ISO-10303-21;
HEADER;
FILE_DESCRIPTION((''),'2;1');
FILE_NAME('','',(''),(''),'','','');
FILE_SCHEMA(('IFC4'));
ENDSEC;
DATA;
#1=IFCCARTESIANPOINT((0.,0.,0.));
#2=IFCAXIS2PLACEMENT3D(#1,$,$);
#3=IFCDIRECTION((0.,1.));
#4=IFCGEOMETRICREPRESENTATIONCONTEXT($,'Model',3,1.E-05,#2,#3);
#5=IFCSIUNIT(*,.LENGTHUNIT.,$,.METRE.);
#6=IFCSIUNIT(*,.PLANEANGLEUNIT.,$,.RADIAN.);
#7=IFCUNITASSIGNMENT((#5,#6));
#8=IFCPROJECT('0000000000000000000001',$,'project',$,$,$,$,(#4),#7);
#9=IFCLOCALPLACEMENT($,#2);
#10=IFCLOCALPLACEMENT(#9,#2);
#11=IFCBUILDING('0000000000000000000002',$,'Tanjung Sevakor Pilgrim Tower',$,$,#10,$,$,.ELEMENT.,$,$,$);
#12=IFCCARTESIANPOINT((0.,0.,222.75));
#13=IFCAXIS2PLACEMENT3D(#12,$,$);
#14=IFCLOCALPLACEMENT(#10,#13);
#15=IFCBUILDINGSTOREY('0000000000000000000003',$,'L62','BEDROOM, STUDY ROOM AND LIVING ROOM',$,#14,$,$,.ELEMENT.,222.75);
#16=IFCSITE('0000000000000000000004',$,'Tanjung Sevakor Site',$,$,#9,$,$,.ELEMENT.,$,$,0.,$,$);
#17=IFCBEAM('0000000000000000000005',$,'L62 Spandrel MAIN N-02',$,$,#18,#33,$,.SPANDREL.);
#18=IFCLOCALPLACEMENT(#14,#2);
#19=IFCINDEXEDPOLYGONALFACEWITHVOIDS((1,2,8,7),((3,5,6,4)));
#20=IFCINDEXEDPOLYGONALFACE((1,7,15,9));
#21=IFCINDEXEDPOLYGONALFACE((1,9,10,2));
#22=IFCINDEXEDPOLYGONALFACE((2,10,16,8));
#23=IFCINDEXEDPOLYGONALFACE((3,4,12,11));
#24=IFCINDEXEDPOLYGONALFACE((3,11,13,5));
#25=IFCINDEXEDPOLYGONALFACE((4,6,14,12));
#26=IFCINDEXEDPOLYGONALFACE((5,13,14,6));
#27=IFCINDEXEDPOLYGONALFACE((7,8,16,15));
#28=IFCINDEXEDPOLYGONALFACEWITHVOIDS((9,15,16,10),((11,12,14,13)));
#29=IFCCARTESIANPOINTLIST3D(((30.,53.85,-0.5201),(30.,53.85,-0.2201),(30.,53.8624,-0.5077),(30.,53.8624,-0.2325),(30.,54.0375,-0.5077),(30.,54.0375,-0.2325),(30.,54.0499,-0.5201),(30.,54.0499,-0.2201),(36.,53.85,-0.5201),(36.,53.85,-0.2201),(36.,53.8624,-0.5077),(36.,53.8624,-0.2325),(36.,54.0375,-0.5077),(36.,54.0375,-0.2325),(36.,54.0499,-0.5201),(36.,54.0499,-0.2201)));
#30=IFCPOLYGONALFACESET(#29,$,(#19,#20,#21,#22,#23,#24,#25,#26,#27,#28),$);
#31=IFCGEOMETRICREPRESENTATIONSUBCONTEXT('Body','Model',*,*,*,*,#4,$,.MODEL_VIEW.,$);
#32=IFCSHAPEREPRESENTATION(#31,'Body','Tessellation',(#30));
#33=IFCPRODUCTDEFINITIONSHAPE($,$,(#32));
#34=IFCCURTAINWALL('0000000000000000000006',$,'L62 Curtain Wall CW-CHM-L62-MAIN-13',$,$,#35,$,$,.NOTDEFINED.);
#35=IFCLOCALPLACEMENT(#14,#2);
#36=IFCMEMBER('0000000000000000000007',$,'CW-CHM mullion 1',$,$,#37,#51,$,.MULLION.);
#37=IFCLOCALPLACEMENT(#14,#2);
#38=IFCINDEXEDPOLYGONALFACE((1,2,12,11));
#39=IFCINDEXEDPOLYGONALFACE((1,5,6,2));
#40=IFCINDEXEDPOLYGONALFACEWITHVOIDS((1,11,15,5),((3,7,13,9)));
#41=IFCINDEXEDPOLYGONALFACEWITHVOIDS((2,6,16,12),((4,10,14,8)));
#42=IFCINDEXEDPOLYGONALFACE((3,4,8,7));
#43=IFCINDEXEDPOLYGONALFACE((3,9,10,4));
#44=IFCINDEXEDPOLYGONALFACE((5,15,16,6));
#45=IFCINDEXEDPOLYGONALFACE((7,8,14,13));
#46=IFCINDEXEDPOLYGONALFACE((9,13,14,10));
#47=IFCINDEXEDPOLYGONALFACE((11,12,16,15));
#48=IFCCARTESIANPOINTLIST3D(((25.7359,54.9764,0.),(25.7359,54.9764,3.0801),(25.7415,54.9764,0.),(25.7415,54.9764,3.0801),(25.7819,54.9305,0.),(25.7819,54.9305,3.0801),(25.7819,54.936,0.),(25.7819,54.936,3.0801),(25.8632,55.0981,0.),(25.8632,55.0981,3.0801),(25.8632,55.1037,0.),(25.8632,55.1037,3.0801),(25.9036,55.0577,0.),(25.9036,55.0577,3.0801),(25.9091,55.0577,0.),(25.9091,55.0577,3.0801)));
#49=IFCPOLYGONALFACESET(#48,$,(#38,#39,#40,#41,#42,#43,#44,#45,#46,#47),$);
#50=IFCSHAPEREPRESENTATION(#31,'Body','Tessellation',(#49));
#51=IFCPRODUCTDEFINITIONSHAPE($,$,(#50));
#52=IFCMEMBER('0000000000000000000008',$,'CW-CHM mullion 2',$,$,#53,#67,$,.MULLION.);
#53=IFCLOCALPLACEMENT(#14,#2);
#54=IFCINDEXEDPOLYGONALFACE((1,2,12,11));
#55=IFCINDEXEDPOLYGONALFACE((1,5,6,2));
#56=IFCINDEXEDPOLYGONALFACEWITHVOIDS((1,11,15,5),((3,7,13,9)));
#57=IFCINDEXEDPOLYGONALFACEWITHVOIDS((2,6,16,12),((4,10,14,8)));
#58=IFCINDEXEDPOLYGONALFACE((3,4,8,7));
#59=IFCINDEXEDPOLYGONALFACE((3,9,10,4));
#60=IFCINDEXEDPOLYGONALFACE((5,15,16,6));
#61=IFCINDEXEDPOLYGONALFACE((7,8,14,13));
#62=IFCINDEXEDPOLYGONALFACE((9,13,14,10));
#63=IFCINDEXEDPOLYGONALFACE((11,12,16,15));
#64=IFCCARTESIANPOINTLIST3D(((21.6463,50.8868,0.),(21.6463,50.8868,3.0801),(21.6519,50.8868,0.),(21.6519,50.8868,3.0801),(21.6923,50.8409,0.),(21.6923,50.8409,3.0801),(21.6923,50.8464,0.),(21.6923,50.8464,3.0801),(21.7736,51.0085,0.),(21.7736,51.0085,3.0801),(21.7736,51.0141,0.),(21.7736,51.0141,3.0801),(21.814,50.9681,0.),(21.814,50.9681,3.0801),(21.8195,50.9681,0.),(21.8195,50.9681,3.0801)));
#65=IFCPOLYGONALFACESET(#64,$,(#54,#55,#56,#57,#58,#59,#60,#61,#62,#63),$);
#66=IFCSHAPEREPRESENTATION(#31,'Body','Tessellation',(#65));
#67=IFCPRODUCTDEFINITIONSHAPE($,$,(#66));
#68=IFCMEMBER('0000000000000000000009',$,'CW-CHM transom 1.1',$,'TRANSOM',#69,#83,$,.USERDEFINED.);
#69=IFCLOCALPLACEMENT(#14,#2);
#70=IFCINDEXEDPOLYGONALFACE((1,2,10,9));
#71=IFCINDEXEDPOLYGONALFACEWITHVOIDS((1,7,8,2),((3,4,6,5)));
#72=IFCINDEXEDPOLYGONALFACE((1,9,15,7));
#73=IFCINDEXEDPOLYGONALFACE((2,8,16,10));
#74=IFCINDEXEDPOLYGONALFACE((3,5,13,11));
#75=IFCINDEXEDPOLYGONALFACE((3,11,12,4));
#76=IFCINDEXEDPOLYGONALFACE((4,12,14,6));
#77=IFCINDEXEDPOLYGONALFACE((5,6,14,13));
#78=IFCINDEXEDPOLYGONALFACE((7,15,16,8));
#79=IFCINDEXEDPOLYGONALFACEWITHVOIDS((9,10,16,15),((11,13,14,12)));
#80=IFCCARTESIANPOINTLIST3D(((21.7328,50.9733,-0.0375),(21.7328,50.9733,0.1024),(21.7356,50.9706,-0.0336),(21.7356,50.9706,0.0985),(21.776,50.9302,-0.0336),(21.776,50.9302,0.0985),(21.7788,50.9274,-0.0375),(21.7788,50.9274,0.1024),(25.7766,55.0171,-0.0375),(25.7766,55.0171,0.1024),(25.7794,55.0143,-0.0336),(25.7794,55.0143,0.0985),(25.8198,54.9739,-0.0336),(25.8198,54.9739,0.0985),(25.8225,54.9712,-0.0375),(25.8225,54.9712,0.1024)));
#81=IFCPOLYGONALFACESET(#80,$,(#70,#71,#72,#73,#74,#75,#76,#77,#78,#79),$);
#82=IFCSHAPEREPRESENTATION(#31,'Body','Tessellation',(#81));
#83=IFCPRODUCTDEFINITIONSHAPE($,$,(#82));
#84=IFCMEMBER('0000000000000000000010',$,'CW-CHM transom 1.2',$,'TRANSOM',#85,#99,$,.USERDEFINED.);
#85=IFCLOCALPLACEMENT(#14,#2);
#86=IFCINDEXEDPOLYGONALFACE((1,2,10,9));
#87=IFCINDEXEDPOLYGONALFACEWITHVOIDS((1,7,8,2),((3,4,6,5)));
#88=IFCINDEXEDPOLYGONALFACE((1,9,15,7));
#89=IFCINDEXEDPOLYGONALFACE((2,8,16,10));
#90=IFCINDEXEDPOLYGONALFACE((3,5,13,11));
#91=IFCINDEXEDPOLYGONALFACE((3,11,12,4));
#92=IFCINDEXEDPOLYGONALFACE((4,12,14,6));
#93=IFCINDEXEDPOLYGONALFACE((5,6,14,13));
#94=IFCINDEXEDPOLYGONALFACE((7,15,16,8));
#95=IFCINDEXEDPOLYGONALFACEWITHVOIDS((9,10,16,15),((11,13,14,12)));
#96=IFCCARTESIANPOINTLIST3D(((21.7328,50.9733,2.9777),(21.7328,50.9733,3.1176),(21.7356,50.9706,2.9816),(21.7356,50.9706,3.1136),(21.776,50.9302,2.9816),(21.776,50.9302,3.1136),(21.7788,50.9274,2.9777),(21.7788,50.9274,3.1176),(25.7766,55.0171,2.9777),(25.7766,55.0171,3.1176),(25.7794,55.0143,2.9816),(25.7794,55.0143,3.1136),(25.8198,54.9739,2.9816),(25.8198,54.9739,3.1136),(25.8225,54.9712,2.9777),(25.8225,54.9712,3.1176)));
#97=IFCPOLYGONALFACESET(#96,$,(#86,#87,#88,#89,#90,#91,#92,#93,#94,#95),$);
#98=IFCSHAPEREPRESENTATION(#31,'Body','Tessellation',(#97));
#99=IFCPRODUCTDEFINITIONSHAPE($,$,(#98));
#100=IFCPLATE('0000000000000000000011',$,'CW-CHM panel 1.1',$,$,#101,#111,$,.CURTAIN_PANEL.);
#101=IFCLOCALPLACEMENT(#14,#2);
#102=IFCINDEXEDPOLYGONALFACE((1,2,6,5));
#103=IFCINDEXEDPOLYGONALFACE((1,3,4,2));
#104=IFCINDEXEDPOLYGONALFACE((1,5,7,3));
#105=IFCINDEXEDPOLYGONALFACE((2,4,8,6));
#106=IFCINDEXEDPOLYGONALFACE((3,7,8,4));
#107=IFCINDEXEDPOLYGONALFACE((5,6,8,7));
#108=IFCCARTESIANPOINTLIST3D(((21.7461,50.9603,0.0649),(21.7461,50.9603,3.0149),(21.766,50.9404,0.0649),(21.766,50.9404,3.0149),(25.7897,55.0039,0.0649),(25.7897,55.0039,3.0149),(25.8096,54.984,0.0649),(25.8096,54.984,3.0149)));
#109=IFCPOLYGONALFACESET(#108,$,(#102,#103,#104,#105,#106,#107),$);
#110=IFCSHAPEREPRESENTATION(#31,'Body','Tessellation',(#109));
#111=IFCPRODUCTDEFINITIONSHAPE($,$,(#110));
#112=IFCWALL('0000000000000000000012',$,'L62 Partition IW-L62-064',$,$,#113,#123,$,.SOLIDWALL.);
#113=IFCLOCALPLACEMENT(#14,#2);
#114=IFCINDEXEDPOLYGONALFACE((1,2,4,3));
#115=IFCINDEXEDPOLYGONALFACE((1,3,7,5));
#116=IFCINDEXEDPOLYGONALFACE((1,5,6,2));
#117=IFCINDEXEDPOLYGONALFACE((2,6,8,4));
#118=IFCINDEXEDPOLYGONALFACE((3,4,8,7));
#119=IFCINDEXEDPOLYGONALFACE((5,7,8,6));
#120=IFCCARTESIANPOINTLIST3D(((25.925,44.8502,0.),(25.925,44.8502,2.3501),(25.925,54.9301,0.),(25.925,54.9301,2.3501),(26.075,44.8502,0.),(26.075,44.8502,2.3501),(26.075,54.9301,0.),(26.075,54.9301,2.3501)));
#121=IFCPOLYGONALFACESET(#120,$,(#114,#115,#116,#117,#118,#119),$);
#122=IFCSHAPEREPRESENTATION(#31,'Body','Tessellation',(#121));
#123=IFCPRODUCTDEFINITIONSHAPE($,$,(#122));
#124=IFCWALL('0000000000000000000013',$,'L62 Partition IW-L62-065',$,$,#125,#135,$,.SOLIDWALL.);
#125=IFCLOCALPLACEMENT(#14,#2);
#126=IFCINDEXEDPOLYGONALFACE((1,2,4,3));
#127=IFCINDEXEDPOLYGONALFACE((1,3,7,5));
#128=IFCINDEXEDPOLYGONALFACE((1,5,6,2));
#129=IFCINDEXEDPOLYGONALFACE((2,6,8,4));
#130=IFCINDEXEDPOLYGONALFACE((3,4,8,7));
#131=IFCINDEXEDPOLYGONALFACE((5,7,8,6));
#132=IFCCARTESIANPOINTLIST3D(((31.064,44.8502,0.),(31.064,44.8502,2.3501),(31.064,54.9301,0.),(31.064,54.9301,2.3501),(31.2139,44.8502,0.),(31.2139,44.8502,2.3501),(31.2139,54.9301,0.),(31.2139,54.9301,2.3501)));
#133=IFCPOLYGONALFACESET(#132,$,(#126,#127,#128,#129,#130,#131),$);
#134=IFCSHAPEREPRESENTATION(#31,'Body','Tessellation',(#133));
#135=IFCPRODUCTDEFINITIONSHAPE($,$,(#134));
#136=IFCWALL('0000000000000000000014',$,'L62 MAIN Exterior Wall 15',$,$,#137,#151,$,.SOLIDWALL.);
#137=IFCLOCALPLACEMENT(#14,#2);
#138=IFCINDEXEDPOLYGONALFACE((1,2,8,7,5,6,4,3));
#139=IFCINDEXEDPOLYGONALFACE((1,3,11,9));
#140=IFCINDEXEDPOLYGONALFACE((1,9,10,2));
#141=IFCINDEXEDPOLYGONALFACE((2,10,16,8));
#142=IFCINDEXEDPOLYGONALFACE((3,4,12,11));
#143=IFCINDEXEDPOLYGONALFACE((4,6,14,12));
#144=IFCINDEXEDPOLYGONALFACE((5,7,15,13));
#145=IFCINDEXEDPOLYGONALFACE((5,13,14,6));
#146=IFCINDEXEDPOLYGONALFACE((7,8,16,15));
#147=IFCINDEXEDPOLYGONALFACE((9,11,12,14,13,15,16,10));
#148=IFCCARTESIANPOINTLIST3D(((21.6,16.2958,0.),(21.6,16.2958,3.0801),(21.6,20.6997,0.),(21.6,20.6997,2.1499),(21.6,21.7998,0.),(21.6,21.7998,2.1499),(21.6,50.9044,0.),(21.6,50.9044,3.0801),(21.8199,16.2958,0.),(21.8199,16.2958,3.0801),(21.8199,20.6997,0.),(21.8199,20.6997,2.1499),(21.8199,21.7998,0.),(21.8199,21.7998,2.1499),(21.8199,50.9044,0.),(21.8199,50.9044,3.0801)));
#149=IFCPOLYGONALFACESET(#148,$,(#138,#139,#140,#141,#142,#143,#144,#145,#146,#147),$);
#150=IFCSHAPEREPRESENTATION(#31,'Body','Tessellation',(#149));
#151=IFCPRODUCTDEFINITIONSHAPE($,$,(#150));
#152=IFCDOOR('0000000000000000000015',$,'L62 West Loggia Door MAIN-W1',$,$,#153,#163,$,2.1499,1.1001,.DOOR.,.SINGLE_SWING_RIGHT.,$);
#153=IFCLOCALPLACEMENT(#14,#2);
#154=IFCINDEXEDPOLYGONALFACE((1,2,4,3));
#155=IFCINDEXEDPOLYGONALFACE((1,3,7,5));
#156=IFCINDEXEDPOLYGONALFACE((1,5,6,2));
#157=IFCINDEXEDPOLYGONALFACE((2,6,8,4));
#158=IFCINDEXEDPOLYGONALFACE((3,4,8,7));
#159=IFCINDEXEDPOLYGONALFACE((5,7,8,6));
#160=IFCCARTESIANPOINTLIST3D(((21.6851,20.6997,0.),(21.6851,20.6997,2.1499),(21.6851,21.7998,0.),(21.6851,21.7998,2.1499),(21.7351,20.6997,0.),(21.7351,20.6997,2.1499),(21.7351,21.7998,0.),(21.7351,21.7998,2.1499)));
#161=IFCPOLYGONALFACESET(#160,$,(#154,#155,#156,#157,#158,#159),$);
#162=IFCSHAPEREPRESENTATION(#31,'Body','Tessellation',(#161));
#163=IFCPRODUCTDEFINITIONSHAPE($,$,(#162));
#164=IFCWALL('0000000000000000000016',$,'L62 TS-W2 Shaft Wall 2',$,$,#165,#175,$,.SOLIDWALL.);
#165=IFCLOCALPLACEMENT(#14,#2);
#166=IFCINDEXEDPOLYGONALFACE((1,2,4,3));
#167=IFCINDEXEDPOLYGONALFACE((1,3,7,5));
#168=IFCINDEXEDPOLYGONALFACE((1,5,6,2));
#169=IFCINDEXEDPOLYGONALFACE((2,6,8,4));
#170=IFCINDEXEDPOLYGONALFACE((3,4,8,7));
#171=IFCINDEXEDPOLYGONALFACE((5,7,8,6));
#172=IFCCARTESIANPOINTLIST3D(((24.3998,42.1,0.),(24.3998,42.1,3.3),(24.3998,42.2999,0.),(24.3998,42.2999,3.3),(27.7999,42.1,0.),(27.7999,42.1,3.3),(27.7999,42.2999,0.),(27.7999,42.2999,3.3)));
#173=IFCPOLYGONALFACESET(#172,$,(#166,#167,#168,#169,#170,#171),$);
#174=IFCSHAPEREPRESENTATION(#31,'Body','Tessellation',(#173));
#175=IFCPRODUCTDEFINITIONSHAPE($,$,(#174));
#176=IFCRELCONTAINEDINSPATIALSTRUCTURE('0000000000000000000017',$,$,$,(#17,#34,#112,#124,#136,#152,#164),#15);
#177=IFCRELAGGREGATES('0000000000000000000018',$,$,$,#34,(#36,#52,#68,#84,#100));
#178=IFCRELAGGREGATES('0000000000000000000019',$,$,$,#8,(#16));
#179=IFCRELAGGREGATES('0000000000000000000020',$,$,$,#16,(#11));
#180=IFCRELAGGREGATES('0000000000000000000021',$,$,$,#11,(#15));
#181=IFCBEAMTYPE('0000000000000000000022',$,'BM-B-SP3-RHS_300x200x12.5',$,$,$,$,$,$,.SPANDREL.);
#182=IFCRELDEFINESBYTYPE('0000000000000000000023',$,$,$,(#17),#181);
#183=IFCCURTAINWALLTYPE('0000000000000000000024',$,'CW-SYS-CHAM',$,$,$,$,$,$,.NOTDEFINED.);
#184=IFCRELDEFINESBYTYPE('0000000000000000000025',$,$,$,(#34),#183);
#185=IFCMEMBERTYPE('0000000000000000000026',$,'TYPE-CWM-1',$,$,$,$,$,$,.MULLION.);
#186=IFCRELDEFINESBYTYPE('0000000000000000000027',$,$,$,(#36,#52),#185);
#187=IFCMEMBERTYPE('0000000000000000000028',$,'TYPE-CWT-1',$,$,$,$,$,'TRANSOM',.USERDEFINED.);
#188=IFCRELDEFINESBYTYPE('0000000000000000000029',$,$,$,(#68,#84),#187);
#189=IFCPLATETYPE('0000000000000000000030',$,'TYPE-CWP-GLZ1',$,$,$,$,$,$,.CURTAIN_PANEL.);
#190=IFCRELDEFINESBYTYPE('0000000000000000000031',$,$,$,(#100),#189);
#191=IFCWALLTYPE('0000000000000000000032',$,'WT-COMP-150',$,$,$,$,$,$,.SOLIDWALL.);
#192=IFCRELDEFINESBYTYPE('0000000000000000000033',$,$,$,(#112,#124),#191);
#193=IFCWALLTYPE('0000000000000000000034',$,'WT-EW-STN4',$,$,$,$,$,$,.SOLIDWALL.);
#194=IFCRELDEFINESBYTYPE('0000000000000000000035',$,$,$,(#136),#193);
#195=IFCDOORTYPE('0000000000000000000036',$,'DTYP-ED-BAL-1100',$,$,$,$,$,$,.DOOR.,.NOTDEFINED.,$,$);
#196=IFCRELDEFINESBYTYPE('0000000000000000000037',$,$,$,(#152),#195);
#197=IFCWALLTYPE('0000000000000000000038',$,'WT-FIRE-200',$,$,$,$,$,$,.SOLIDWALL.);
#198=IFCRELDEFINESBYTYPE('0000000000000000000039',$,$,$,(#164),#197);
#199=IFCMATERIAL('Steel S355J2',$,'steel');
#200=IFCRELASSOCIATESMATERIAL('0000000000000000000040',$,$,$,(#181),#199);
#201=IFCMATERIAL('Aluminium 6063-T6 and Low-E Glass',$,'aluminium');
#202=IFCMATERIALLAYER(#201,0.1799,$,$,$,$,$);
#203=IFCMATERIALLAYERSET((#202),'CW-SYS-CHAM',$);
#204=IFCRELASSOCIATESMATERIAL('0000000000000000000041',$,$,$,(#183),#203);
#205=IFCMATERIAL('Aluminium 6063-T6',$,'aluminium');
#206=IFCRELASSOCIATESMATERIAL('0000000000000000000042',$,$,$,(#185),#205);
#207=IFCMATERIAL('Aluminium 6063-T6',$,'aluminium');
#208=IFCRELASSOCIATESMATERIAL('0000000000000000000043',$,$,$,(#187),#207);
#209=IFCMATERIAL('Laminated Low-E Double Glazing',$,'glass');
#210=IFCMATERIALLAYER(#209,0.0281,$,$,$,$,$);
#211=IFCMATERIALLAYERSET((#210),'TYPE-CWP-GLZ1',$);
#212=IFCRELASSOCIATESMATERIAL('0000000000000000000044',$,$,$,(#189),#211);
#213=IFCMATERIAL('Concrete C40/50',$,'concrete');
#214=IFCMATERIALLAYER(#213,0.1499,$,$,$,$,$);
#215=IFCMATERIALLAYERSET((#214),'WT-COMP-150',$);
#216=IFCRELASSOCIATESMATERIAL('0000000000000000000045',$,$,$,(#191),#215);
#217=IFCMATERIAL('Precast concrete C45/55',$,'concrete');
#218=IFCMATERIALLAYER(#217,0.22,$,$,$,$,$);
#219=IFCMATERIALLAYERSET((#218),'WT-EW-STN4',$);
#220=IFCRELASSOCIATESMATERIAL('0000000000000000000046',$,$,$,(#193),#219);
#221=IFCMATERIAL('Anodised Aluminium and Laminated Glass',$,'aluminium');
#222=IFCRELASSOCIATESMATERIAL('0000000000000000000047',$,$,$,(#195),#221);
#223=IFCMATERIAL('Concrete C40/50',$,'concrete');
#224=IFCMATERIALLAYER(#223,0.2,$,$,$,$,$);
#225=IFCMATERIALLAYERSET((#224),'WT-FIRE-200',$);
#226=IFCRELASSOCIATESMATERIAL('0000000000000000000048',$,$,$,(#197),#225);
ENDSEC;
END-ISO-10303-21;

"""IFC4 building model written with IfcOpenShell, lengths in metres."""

from ifc_helpers import new_model, si_unit, direction, frame, frame_2d, origin, origin_2d, place, context, subcontext, project, spatial, rectangle, hollow_rectangle, extrude, material, layer, layer_set, material_profile, profile_set, type_object, element, fill, aggregate, save


model = new_model("IFC4")

# Units and contexts
model_context = context("Model", 3, precision=1e-05, world=origin(), true_north=direction((0.0, 1.0)))
body_context = subcontext(model_context, "Body", "Model", "MODEL_VIEW")
ifc_project = project(units=[si_unit("LENGTHUNIT", "METRE"), si_unit("PLANEANGLEUNIT", "RADIAN")], contexts=[model_context])

# Site, building, storey
site_placement = place(None, origin())
site = spatial("IfcSite", under=ifc_project, at=site_placement, Name="Tanjung Sevakor Site", CompositionType="ELEMENT", RefElevation=0.0)
building_placement = place(site_placement, origin())
building = spatial("IfcBuilding", under=site, at=building_placement, Name="Tanjung Sevakor Pilgrim Tower", CompositionType="ELEMENT")
storey_placement = place(building_placement, frame((0.0, 0.0, 222.75)))
storey = spatial("IfcBuildingStorey", under=building, at=storey_placement, Name="L62", Description="BEDROOM, STUDY ROOM AND LIVING ROOM", CompositionType="ELEMENT", Elevation=222.75)

# Beam
ifc_material_1 = material(Name="Steel S355J2", Category="steel")
ifc_material_profile_1 = material_profile(ifc_material_1, hollow_rectangle(XDim=0.2, YDim=0.3, WallThickness=0.0125, at=origin_2d()))
ifc_profile_set_1 = profile_set([ifc_material_profile_1], Name="Steel S355J2")
beam_type_1 = type_object("IfcBeamType", Name="BM-B-SP3-RHS_300x200x12.5", PredefinedType="SPANDREL", material=ifc_profile_set_1)
beam_1_placement = place(storey_placement, frame((30.0, 53.95, -0.3701), z_axis=(1.0, 0.0, 0.0), x_axis=(0.0, 1.0, 0.0)))
element("IfcBeam", 1, at=beam_1_placement, inside=storey, type_object=beam_type_1, Name="L62 Spandrel MAIN N-02", PredefinedType="SPANDREL", context=body_context, shape_type="SweptSolid", body=[
    extrude(hollow_rectangle(XDim=0.2, YDim=0.3, WallThickness=0.0125, at=origin_2d()), origin(), (0.0, 0.0, 1.0), 6.0),
])

# Curtain wall, members, plate
ifc_material_2 = material(Name="Aluminium 6063-T6 and Low-E Glass", Category="aluminium")
ifc_layer_1 = layer(ifc_material_2, 0.1799)
ifc_layer_set_1 = layer_set([ifc_layer_1], Name="CW-SYS-CHAM")
curtain_wall_type = type_object("IfcCurtainWallType", Name="CW-SYS-CHAM", PredefinedType="NOTDEFINED", material=ifc_layer_set_1)
curtain_wall_placement = place(storey_placement, origin())
curtain_wall = element("IfcCurtainWall", 2, at=curtain_wall_placement, inside=storey, type_object=curtain_wall_type, Name="L62 Curtain Wall CW-CHM-L62-MAIN-13", PredefinedType="NOTDEFINED")
ifc_material_3 = material(Name="Aluminium 6063-T6", Category="aluminium")
ifc_material_profile_2 = material_profile(ifc_material_3, hollow_rectangle(XDim=0.0649, YDim=0.1799, WallThickness=0.0039, at=origin_2d()))
ifc_profile_set_2 = profile_set([ifc_material_profile_2], Name="Aluminium 6063-T6")
member_type_1 = type_object("IfcMemberType", Name="TYPE-CWM-1", PredefinedType="MULLION", material=ifc_profile_set_2)
member_1_placement = place(storey_placement, frame((25.8225, 55.0171, 0.0), z_axis=(0.0, 0.0, 1.0), x_axis=(0.707107, -0.707107, 0.0)))
member_1 = element("IfcMember", 3, at=member_1_placement, type_object=member_type_1, Name="CW-CHM mullion 1", PredefinedType="MULLION", context=body_context, shape_type="SweptSolid", body=[
    extrude(hollow_rectangle(XDim=0.0649, YDim=0.1799, WallThickness=0.0039, at=origin_2d()), origin(), (0.0, 0.0, 1.0), 3.0801),
])
member_2_placement = place(storey_placement, frame((21.7329, 50.9275, 0.0), z_axis=(0.0, 0.0, 1.0), x_axis=(0.707107, -0.707107, 0.0)))
member_2 = element("IfcMember", 4, at=member_2_placement, type_object=member_type_1, Name="CW-CHM mullion 2", PredefinedType="MULLION", context=body_context, shape_type="SweptSolid", body=[
    extrude(hollow_rectangle(XDim=0.0649, YDim=0.1799, WallThickness=0.0039, at=origin_2d()), origin(), (0.0, 0.0, 1.0), 3.0801),
])
ifc_material_4 = material(Name="Aluminium 6063-T6", Category="aluminium")
ifc_material_profile_3 = material_profile(ifc_material_4, hollow_rectangle(XDim=0.0649, YDim=0.1399, WallThickness=0.0039, at=origin_2d()))
ifc_profile_set_3 = profile_set([ifc_material_profile_3], Name="Aluminium 6063-T6")
member_type_2 = type_object("IfcMemberType", Name="TYPE-CWT-1", ElementType="TRANSOM", PredefinedType="USERDEFINED", material=ifc_profile_set_3)
member_3_placement = place(storey_placement, frame((25.7996, 54.9941, 0.0325), z_axis=(-0.707107, -0.707107, 0.0), x_axis=(0.707107, -0.707107, 0.0)))
member_3 = element("IfcMember", 5, at=member_3_placement, type_object=member_type_2, Name="CW-CHM transom 1.1", ObjectType="TRANSOM", PredefinedType="USERDEFINED", context=body_context, shape_type="SweptSolid", body=[
    extrude(hollow_rectangle(XDim=0.0649, YDim=0.1399, WallThickness=0.0039, at=origin_2d()), origin(), (0.0, 0.0, 1.0), 5.7188),
])
member_4_placement = place(storey_placement, frame((25.7996, 54.9941, 3.0476), z_axis=(-0.707107, -0.707107, 0.0), x_axis=(0.707107, -0.707107, 0.0)))
member_4 = element("IfcMember", 6, at=member_4_placement, type_object=member_type_2, Name="CW-CHM transom 1.2", ObjectType="TRANSOM", PredefinedType="USERDEFINED", context=body_context, shape_type="SweptSolid", body=[
    extrude(hollow_rectangle(XDim=0.0649, YDim=0.1399, WallThickness=0.0039, at=origin_2d()), origin(), (0.0, 0.0, 1.0), 5.7188),
])
ifc_material_5 = material(Name="Laminated Low-E Double Glazing", Category="glass")
ifc_layer_2 = layer(ifc_material_5, 0.0281)
ifc_layer_set_2 = layer_set([ifc_layer_2], Name="TYPE-CWP-GLZ1")
plate_type = type_object("IfcPlateType", Name="TYPE-CWP-GLZ1", PredefinedType="CURTAIN_PANEL", material=ifc_layer_set_2)
plate_placement = place(storey_placement, frame((23.7778, 52.9722, 0.0649), z_axis=(0.0, 0.0, 1.0), x_axis=(-0.707107, -0.707107, 0.0)))
plate = element("IfcPlate", 7, at=plate_placement, type_object=plate_type, Name="CW-CHM panel 1.1", PredefinedType="CURTAIN_PANEL", context=body_context, shape_type="SweptSolid", body=[
    extrude(rectangle(XDim=5.7185, YDim=0.0281, at=origin_2d()), origin(), (0.0, 0.0, 1.0), 2.95),
])
aggregate(curtain_wall, [member_1, member_2, member_3, member_4, plate])

# Walls
ifc_material_6 = material(Name="Concrete C40/50", Category="concrete")
ifc_layer_3 = layer(ifc_material_6, 0.1499)
ifc_layer_set_3 = layer_set([ifc_layer_3], Name="WT-COMP-150")
wall_type_1 = type_object("IfcWallType", Name="WT-COMP-150", PredefinedType="SOLIDWALL", material=ifc_layer_set_3)
for number, where, z_axis, x_axis, name in (
    (8, (26.0, 44.8501, 0.0), (0.0, 0.0, 1.0), (0.0, 1.0, 0.0), "L62 Partition IW-L62-064"),
    (9, (31.1389, 44.8501, 0.0), (0.0, 0.0, 1.0), (0.0, 1.0, 0.0), "L62 Partition IW-L62-065"),
):
    element("IfcWall", number, at=place(storey_placement, frame(where, z_axis=z_axis, x_axis=x_axis)), inside=storey, type_object=wall_type_1, Name=name, PredefinedType="SOLIDWALL", context=body_context, shape_type="SweptSolid", body=[
        extrude(rectangle(XDim=10.0798, YDim=0.1499, at=frame_2d((5.04, 0.0))), origin(), (0.0, 0.0, 1.0), 2.3501),
    ])

# Wall, opening, door
ifc_material_7 = material(Name="Precast concrete C45/55", Category="concrete")
ifc_layer_4 = layer(ifc_material_7, 0.22)
ifc_layer_set_4 = layer_set([ifc_layer_4], Name="WT-EW-STN4")
wall_type_2 = type_object("IfcWallType", Name="WT-EW-STN4", PredefinedType="SOLIDWALL", material=ifc_layer_set_4)
wall_1_placement = place(storey_placement, frame((21.71, 50.9043, 0.0), z_axis=(0.0, 0.0, 1.0), x_axis=(0.0, -1.0, 0.0)))
wall_1 = element("IfcWall", 10, at=wall_1_placement, inside=storey, type_object=wall_type_2, Name="L62 MAIN Exterior Wall 15", PredefinedType="SOLIDWALL", context=body_context, shape_type="SweptSolid", body=[
    extrude(rectangle(XDim=34.6086, YDim=0.22, at=frame_2d((17.3042, 0.0))), origin(), (0.0, 0.0, 1.0), 3.0801),
])
opening_1_placement = place(wall_1_placement, frame((29.1045, 0.0, 0.0)))
opening_1 = element("IfcOpeningElement", 11, at=opening_1_placement, cuts=wall_1, PredefinedType="OPENING", context=body_context, shape_type="SweptSolid", body=[
    extrude(rectangle(XDim=1.1001, YDim=2.1499, at=frame_2d((0.55, 1.075))), frame((0.0, 0.1199, 0.0), z_axis=(0.0, -1.0, 0.0), x_axis=(1.0, 0.0, 0.0)), (0.0, 0.0, 1.0), 0.24),
])
ifc_material_8 = material(Name="Anodised Aluminium and Laminated Glass", Category="aluminium")
door_type_1 = type_object("IfcDoorType", Name="DTYP-ED-BAL-1100", OperationType="NOTDEFINED", PredefinedType="DOOR", material=ifc_material_8)
door_1_placement = place(opening_1_placement, frame((1.1001, 0.0, 0.0), z_axis=(0.0, 0.0, 1.0), x_axis=(-1.0, 0.0, 0.0)))
door_1 = element("IfcDoor", 12, at=door_1_placement, inside=storey, type_object=door_type_1, Name="L62 West Loggia Door MAIN-W1", OperationType="SINGLE_SWING_RIGHT", OverallHeight=2.1499, OverallWidth=1.1001, PredefinedType="DOOR", context=body_context, shape_type="SweptSolid", body=[
    extrude(rectangle(XDim=1.1001, YDim=2.1499, at=frame_2d((0.55, 1.075))), frame((0.0, 0.0249, 0.0), z_axis=(0.0, -1.0, 0.0), x_axis=(1.0, 0.0, 0.0)), (0.0, 0.0, 1.0), 0.05),
])
fill(opening_1, door_1)

# Wall
ifc_material_9 = material(Name="Concrete C40/50", Category="concrete")
ifc_layer_5 = layer(ifc_material_9, 0.2)
ifc_layer_set_5 = layer_set([ifc_layer_5], Name="WT-FIRE-200")
wall_type_3 = type_object("IfcWallType", Name="WT-FIRE-200", PredefinedType="SOLIDWALL", material=ifc_layer_set_5)
wall_2_placement = place(storey_placement, frame((27.8, 42.2, 0.0), z_axis=(0.0, 0.0, 1.0), x_axis=(-1.0, 0.0, 0.0)))
element("IfcWall", 13, at=wall_2_placement, inside=storey, type_object=wall_type_3, Name="L62 TS-W2 Shaft Wall 2", PredefinedType="SOLIDWALL", context=body_context, shape_type="SweptSolid", body=[
    extrude(rectangle(XDim=3.4001, YDim=0.2, at=frame_2d((1.7002, 0.0))), origin(), (0.0, 0.0, 1.0), 3.3),
])

save(model, "model.ifc")
